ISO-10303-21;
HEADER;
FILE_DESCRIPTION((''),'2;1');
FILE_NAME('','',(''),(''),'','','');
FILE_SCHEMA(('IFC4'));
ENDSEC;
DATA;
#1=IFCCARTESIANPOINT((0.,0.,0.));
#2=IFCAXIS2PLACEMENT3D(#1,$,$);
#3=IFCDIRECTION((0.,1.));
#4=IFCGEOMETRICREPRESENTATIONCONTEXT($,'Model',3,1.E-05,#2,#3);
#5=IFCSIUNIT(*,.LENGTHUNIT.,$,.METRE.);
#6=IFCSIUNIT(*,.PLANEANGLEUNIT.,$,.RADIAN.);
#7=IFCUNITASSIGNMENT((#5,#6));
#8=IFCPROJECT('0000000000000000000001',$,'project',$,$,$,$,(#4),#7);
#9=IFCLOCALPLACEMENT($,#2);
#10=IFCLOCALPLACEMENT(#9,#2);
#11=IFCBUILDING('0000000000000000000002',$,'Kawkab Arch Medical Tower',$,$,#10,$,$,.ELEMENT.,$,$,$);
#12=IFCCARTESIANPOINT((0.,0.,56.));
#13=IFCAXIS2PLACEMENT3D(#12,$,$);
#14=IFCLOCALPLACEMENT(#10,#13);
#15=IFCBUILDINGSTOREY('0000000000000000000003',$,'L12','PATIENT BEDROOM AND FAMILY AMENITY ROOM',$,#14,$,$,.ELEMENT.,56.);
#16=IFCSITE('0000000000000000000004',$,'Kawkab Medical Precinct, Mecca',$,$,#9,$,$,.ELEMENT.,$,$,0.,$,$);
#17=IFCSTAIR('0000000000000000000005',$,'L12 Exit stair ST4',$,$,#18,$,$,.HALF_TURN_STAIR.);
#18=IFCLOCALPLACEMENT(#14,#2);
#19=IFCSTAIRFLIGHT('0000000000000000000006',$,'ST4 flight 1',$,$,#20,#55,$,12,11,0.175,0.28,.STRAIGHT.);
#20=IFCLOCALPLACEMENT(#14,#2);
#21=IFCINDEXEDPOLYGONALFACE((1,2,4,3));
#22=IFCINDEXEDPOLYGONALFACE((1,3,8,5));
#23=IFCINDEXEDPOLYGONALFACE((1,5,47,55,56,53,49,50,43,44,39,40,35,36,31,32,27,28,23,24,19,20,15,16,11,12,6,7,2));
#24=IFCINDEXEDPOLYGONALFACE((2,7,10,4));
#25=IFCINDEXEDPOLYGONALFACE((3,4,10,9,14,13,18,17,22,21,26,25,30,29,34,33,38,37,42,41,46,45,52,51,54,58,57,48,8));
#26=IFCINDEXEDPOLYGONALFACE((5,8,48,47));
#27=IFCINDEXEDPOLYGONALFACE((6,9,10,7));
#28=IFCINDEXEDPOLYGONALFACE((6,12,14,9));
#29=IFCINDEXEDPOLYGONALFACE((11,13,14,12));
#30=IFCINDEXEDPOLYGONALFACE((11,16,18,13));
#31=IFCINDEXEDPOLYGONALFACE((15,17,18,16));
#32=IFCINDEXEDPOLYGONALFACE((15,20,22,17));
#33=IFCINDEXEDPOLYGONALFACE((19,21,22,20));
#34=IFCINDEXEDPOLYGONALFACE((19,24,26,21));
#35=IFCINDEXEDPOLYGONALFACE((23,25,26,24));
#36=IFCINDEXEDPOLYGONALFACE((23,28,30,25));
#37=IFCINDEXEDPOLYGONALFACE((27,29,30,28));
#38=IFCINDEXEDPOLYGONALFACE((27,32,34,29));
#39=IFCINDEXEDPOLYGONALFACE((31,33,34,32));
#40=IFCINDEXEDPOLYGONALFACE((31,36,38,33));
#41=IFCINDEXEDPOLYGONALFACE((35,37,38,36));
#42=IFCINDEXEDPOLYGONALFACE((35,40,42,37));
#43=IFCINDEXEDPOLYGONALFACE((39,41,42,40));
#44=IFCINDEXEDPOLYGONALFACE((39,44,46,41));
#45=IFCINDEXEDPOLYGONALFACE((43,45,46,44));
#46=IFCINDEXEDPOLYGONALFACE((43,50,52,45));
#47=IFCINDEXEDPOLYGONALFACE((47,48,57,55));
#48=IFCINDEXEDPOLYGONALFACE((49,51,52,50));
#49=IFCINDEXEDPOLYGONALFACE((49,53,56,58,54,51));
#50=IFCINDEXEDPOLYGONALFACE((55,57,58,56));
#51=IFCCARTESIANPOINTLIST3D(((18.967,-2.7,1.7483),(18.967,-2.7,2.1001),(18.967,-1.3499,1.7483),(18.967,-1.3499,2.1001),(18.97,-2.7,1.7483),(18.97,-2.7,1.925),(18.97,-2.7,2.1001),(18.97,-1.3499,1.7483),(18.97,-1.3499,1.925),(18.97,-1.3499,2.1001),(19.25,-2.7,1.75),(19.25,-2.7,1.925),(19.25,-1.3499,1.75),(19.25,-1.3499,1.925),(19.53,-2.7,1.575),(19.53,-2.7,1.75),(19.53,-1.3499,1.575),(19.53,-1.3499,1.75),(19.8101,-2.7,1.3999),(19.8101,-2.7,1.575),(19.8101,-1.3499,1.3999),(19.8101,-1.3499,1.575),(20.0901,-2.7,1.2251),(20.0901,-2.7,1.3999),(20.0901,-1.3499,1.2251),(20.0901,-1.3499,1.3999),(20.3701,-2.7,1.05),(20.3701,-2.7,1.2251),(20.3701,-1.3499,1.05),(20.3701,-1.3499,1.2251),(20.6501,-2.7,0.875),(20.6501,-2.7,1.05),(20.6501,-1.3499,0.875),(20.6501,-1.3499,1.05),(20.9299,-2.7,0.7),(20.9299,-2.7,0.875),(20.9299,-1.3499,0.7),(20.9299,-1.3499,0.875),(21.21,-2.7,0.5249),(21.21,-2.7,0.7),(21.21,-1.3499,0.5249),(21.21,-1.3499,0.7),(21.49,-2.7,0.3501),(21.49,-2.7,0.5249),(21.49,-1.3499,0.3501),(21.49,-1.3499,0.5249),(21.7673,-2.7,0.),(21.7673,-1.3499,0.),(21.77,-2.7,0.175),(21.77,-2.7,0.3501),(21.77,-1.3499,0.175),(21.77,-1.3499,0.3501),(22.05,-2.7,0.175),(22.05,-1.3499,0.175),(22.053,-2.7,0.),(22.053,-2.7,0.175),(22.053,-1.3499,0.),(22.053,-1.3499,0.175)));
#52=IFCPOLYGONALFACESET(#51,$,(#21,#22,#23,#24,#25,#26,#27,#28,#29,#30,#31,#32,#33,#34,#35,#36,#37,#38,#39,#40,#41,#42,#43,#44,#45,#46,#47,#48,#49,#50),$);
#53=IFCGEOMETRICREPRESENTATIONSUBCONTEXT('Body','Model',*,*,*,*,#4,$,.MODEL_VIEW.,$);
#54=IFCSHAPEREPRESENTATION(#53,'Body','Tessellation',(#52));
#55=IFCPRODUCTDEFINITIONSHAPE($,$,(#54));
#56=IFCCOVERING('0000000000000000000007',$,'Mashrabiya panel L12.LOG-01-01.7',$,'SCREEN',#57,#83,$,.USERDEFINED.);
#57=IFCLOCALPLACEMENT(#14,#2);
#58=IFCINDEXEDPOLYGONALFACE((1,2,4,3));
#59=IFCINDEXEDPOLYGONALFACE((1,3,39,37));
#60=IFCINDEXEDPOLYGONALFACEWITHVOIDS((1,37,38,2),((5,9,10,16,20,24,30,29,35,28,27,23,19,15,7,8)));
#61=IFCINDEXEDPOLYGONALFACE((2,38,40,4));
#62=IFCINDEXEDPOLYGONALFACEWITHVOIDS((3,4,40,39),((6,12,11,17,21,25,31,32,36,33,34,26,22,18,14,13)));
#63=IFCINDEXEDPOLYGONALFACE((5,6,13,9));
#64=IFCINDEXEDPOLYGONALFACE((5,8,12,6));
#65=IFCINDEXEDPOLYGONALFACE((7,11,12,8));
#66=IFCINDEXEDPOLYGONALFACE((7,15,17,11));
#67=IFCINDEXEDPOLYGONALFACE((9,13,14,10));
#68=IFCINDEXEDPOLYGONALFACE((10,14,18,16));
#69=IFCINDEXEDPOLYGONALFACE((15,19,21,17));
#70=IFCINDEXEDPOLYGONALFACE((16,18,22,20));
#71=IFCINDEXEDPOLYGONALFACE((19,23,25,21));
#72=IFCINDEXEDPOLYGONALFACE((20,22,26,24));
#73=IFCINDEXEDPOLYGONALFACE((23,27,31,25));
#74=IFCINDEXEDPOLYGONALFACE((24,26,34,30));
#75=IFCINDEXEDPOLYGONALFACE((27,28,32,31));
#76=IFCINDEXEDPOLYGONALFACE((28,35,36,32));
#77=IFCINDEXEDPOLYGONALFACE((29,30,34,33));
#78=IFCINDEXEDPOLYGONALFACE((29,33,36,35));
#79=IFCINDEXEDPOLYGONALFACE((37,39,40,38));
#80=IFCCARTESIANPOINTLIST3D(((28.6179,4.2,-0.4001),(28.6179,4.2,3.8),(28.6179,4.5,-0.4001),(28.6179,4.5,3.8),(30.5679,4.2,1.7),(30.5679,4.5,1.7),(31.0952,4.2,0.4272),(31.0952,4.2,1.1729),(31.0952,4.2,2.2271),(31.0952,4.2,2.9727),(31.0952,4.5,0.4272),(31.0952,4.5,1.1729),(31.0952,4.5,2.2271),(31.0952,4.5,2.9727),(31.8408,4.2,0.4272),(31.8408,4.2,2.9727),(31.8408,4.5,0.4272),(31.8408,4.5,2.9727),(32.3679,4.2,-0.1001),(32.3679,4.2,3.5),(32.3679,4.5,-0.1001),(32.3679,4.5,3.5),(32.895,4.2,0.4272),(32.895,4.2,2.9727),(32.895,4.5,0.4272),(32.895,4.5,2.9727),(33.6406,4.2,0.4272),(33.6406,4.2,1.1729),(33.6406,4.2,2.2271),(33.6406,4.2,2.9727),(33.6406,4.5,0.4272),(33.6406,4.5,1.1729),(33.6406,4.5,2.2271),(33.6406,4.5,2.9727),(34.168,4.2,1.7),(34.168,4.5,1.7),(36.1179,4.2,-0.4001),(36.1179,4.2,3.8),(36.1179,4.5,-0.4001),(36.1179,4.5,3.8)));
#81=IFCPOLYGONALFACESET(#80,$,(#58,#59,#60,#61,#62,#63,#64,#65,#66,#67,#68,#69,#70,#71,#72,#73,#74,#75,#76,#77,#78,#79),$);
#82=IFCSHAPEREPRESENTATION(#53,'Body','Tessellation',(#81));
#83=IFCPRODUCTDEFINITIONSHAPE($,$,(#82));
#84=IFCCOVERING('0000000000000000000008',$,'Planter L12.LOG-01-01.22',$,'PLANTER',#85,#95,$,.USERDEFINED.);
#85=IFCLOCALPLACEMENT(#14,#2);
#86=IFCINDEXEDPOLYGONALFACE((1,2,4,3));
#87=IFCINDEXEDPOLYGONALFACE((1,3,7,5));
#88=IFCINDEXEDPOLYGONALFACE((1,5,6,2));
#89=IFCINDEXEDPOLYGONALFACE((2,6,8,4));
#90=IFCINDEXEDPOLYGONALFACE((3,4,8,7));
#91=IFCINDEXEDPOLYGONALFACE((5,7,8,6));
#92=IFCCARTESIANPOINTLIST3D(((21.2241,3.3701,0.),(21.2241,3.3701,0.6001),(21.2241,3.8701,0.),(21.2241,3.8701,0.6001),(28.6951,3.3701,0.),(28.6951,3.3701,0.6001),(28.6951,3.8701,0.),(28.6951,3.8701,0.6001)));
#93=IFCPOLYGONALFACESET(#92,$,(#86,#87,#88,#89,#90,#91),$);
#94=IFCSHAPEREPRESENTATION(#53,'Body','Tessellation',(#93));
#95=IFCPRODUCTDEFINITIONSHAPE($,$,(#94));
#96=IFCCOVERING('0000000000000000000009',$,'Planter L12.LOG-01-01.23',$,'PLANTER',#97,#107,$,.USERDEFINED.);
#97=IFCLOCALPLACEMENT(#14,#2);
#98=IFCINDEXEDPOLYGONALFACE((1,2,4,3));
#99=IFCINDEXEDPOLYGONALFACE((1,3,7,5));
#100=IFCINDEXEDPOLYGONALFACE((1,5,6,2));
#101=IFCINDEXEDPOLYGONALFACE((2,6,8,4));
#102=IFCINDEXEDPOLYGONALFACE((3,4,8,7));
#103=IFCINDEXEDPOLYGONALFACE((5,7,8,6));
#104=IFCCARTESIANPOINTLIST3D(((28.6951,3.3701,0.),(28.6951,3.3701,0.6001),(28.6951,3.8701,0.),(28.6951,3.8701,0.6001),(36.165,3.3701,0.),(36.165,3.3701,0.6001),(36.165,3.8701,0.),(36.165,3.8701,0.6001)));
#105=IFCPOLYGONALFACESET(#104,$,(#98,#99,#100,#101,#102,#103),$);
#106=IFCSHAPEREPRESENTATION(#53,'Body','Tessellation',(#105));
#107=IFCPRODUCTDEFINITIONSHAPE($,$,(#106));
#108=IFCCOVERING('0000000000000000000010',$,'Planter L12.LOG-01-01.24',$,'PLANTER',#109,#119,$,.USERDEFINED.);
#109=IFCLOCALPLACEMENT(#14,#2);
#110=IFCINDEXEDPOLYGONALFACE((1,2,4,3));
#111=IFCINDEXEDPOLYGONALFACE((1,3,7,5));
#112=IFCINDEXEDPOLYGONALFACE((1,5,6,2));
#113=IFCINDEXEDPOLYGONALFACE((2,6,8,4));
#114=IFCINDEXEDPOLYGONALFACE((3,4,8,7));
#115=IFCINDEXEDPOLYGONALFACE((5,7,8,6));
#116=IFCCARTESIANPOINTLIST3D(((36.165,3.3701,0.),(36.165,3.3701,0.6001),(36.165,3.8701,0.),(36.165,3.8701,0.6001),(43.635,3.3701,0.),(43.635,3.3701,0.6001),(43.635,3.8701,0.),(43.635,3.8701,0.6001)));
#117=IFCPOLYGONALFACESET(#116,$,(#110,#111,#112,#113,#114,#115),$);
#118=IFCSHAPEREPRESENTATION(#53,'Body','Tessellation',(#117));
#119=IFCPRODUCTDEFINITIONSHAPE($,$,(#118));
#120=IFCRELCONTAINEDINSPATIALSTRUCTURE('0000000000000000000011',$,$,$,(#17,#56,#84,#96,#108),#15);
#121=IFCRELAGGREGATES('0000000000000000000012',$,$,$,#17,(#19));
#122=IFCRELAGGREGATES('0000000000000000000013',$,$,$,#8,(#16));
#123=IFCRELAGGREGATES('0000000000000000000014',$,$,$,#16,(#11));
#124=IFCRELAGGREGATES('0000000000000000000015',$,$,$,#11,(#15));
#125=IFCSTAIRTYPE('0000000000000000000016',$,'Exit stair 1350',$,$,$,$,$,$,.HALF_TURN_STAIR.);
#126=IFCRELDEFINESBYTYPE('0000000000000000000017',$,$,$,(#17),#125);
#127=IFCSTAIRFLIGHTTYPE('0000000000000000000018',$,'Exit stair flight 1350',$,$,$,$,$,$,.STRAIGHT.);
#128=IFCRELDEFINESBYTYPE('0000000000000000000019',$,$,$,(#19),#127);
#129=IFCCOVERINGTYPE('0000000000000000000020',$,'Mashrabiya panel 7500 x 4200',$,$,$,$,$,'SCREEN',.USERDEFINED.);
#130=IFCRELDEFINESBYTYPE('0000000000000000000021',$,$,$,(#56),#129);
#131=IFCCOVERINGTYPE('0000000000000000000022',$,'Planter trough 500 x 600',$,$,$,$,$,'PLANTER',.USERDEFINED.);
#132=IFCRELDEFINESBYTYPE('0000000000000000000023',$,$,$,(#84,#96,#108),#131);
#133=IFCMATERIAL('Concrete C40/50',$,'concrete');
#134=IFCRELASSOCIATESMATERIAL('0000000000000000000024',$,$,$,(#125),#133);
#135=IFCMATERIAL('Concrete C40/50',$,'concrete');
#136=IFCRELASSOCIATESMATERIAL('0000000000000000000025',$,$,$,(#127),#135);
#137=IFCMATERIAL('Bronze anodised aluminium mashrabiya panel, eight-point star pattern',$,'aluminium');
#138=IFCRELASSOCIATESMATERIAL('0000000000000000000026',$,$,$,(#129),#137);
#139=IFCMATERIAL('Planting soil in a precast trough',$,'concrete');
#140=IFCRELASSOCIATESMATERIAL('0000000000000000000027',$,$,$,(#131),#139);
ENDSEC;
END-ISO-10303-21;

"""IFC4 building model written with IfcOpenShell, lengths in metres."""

from ifc_helpers import new_model, si_unit, direction, frame, origin, origin_2d, place, context, subcontext, project, spatial, polyline, rectangle, outline, extrude, material, material_profile, profile_set, type_object, element, aggregate, save


model = new_model("IFC4")

# Units and contexts
model_context = context("Model", 3, precision=1e-05, world=origin(), true_north=direction((0.0, 1.0)))
body_context = subcontext(model_context, "Body", "Model", "MODEL_VIEW")
ifc_project = project(units=[si_unit("LENGTHUNIT", "METRE"), si_unit("PLANEANGLEUNIT", "RADIAN")], contexts=[model_context])

# Site, building, storey
site_placement = place(None, origin())
site = spatial("IfcSite", under=ifc_project, at=site_placement, Name="Kawkab Medical Precinct, Mecca", CompositionType="ELEMENT", RefElevation=0.0)
building_placement = place(site_placement, origin())
building = spatial("IfcBuilding", under=site, at=building_placement, Name="Kawkab Arch Medical Tower", CompositionType="ELEMENT")
storey_placement = place(building_placement, frame((0.0, 0.0, 56.0)))
storey = spatial("IfcBuildingStorey", under=building, at=storey_placement, Name="L12", Description="PATIENT BEDROOM AND FAMILY AMENITY ROOM", CompositionType="ELEMENT", Elevation=56.0)

# Shared definitions
placement = place(storey_placement, origin())

# Stair, stair flight
ifc_material_1 = material(Name="Concrete C40/50", Category="concrete")
stair_type = type_object("IfcStairType", Name="Exit stair 1350", PredefinedType="HALF_TURN_STAIR", material=ifc_material_1)
stair = element("IfcStair", 1, at=placement, inside=storey, type_object=stair_type, Name="L12 Exit stair ST4", PredefinedType="HALF_TURN_STAIR")
ifc_material_2 = material(Name="Concrete C40/50", Category="concrete")
stair_flight_type = type_object("IfcStairFlightType", Name="Exit stair flight 1350", PredefinedType="STRAIGHT", material=ifc_material_2)
stair_flight_placement = place(storey_placement, frame((22.05, -2.0249, 0.0), z_axis=(0.0, 0.0, 1.0), x_axis=(-1.0, 0.0, 0.0)))
stair_flight = element("IfcStairFlight", 2, at=stair_flight_placement, type_object=stair_flight_type, Name="ST4 flight 1", NumberOfRisers=12, NumberOfTreads=11, PredefinedType="STRAIGHT", RiserHeight=0.175, TreadLength=0.28, context=body_context, shape_type="SweptSolid", body=[
    extrude(outline(polyline([(-0.0029, 0.0), (-0.0029, 0.175), (0.0, 0.175), (0.28, 0.175), (0.28, 0.3501), (0.5601, 0.3501), (0.5601, 0.5249), (0.8401, 0.5249), (0.8401, 0.7), (1.1201, 0.7), (1.1201, 0.875), (1.3999, 0.875), (1.3999, 1.05), (1.6799, 1.05), (1.6799, 1.2251), (1.96, 1.2251), (1.96, 1.3999), (2.24, 1.3999), (2.24, 1.575), (2.52, 1.575), (2.52, 1.75), (2.8, 1.75), (2.8, 1.925), (3.0801, 1.925), (3.0801, 2.1001), (3.083, 2.1001), (3.083, 1.7483), (3.0801, 1.7483), (0.2827, 0.0), (-0.0029, 0.0)])), frame((0.0, 0.675, 0.0), z_axis=(0.0, -1.0, 0.0), x_axis=(1.0, 0.0, 0.0)), (0.0, 0.0, 1.0), 1.3501),
])
aggregate(stair, [stair_flight])

# Coverings
ifc_material_3 = material(Name="Bronze anodised aluminium mashrabiya panel, eight-point star pattern", Category="aluminium")
ifc_material_profile_1 = material_profile(ifc_material_3, outline(polyline([(-3.75, -2.1001), (3.75, -2.1001), (3.75, 2.1001), (-3.75, 2.1001), (-3.75, -2.1001)]), holes=[polyline([(1.8, 0.0), (1.2727, 0.5271), (1.2727, 1.2727), (0.5271, 1.2727), (0.0, 1.8), (-0.5271, 1.2727), (-1.2727, 1.2727), (-1.2727, 0.5271), (-1.8, 0.0), (-1.2727, -0.5271), (-1.2727, -1.2727), (-0.5271, -1.2727), (0.0, -1.8), (0.5271, -1.2727), (1.2727, -1.2727), (1.2727, -0.5271), (1.8, 0.0)])]), Name="Mashrabiya panel 7500x4200")
ifc_profile_set_1 = profile_set([ifc_material_profile_1], Name="Bronze anodised aluminium mashrabiya panel, eight-point star pattern")
covering_type_1 = type_object("IfcCoveringType", Name="Mashrabiya panel 7500 x 4200", ElementType="SCREEN", PredefinedType="USERDEFINED", material=ifc_profile_set_1)
covering_1_placement = place(storey_placement, frame((32.3679, 4.2, 1.7), z_axis=(0.0, 1.0, 0.0), x_axis=(-1.0, 0.0, 0.0)))
element("IfcCovering", 3, at=covering_1_placement, inside=storey, type_object=covering_type_1, Name="Mashrabiya panel L12.LOG-01-01.7", ObjectType="SCREEN", PredefinedType="USERDEFINED", context=body_context, shape_type="SweptSolid", body=[
    extrude(outline(polyline([(-3.75, -2.1001), (3.75, -2.1001), (3.75, 2.1001), (-3.75, 2.1001), (-3.75, -2.1001)]), holes=[polyline([(1.8, 0.0), (1.2727, 0.5271), (1.2727, 1.2727), (0.5271, 1.2727), (0.0, 1.8), (-0.5271, 1.2727), (-1.2727, 1.2727), (-1.2727, 0.5271), (-1.8, 0.0), (-1.2727, -0.5271), (-1.2727, -1.2727), (-0.5271, -1.2727), (0.0, -1.8), (0.5271, -1.2727), (1.2727, -1.2727), (1.2727, -0.5271), (1.8, 0.0)])]), origin(), (0.0, 0.0, 1.0), 0.3),
])
ifc_material_4 = material(Name="Planting soil in a precast trough", Category="concrete")
ifc_material_profile_2 = material_profile(ifc_material_4, rectangle(XDim=0.5, YDim=0.6001, at=origin_2d()), Name="Trough 500x600")
ifc_profile_set_2 = profile_set([ifc_material_profile_2], Name="Planting soil in a precast trough")
covering_type_2 = type_object("IfcCoveringType", Name="Planter trough 500 x 600", ElementType="PLANTER", PredefinedType="USERDEFINED", material=ifc_profile_set_2)
covering_2_placement = place(storey_placement, frame((21.2241, 3.6201, 0.3), z_axis=(1.0, 0.0, 0.0), x_axis=(0.0, 1.0, 0.0)))
element("IfcCovering", 4, at=covering_2_placement, inside=storey, type_object=covering_type_2, Name="Planter L12.LOG-01-01.22", ObjectType="PLANTER", PredefinedType="USERDEFINED", context=body_context, shape_type="SweptSolid", body=[
    extrude(rectangle(XDim=0.5, YDim=0.6001, at=origin_2d()), origin(), (0.0, 0.0, 1.0), 7.4709),
])
for number, where, z_axis, x_axis, name in (
    (5, (28.6951, 3.6201, 0.3), (1.0, 0.0, 0.0), (0.0, 1.0, 0.0), "Planter L12.LOG-01-01.23"),
    (6, (36.165, 3.6201, 0.3), (1.0, 0.0, 0.0), (0.0, 1.0, 0.0), "Planter L12.LOG-01-01.24"),
):
    element("IfcCovering", number, at=place(storey_placement, frame(where, z_axis=z_axis, x_axis=x_axis)), inside=storey, type_object=covering_type_2, Name=name, ObjectType="PLANTER", PredefinedType="USERDEFINED", context=body_context, shape_type="SweptSolid", body=[
        extrude(rectangle(XDim=0.5, YDim=0.6001, at=origin_2d()), origin(), (0.0, 0.0, 1.0), 7.47),
    ])

save(model, "model.ifc")
